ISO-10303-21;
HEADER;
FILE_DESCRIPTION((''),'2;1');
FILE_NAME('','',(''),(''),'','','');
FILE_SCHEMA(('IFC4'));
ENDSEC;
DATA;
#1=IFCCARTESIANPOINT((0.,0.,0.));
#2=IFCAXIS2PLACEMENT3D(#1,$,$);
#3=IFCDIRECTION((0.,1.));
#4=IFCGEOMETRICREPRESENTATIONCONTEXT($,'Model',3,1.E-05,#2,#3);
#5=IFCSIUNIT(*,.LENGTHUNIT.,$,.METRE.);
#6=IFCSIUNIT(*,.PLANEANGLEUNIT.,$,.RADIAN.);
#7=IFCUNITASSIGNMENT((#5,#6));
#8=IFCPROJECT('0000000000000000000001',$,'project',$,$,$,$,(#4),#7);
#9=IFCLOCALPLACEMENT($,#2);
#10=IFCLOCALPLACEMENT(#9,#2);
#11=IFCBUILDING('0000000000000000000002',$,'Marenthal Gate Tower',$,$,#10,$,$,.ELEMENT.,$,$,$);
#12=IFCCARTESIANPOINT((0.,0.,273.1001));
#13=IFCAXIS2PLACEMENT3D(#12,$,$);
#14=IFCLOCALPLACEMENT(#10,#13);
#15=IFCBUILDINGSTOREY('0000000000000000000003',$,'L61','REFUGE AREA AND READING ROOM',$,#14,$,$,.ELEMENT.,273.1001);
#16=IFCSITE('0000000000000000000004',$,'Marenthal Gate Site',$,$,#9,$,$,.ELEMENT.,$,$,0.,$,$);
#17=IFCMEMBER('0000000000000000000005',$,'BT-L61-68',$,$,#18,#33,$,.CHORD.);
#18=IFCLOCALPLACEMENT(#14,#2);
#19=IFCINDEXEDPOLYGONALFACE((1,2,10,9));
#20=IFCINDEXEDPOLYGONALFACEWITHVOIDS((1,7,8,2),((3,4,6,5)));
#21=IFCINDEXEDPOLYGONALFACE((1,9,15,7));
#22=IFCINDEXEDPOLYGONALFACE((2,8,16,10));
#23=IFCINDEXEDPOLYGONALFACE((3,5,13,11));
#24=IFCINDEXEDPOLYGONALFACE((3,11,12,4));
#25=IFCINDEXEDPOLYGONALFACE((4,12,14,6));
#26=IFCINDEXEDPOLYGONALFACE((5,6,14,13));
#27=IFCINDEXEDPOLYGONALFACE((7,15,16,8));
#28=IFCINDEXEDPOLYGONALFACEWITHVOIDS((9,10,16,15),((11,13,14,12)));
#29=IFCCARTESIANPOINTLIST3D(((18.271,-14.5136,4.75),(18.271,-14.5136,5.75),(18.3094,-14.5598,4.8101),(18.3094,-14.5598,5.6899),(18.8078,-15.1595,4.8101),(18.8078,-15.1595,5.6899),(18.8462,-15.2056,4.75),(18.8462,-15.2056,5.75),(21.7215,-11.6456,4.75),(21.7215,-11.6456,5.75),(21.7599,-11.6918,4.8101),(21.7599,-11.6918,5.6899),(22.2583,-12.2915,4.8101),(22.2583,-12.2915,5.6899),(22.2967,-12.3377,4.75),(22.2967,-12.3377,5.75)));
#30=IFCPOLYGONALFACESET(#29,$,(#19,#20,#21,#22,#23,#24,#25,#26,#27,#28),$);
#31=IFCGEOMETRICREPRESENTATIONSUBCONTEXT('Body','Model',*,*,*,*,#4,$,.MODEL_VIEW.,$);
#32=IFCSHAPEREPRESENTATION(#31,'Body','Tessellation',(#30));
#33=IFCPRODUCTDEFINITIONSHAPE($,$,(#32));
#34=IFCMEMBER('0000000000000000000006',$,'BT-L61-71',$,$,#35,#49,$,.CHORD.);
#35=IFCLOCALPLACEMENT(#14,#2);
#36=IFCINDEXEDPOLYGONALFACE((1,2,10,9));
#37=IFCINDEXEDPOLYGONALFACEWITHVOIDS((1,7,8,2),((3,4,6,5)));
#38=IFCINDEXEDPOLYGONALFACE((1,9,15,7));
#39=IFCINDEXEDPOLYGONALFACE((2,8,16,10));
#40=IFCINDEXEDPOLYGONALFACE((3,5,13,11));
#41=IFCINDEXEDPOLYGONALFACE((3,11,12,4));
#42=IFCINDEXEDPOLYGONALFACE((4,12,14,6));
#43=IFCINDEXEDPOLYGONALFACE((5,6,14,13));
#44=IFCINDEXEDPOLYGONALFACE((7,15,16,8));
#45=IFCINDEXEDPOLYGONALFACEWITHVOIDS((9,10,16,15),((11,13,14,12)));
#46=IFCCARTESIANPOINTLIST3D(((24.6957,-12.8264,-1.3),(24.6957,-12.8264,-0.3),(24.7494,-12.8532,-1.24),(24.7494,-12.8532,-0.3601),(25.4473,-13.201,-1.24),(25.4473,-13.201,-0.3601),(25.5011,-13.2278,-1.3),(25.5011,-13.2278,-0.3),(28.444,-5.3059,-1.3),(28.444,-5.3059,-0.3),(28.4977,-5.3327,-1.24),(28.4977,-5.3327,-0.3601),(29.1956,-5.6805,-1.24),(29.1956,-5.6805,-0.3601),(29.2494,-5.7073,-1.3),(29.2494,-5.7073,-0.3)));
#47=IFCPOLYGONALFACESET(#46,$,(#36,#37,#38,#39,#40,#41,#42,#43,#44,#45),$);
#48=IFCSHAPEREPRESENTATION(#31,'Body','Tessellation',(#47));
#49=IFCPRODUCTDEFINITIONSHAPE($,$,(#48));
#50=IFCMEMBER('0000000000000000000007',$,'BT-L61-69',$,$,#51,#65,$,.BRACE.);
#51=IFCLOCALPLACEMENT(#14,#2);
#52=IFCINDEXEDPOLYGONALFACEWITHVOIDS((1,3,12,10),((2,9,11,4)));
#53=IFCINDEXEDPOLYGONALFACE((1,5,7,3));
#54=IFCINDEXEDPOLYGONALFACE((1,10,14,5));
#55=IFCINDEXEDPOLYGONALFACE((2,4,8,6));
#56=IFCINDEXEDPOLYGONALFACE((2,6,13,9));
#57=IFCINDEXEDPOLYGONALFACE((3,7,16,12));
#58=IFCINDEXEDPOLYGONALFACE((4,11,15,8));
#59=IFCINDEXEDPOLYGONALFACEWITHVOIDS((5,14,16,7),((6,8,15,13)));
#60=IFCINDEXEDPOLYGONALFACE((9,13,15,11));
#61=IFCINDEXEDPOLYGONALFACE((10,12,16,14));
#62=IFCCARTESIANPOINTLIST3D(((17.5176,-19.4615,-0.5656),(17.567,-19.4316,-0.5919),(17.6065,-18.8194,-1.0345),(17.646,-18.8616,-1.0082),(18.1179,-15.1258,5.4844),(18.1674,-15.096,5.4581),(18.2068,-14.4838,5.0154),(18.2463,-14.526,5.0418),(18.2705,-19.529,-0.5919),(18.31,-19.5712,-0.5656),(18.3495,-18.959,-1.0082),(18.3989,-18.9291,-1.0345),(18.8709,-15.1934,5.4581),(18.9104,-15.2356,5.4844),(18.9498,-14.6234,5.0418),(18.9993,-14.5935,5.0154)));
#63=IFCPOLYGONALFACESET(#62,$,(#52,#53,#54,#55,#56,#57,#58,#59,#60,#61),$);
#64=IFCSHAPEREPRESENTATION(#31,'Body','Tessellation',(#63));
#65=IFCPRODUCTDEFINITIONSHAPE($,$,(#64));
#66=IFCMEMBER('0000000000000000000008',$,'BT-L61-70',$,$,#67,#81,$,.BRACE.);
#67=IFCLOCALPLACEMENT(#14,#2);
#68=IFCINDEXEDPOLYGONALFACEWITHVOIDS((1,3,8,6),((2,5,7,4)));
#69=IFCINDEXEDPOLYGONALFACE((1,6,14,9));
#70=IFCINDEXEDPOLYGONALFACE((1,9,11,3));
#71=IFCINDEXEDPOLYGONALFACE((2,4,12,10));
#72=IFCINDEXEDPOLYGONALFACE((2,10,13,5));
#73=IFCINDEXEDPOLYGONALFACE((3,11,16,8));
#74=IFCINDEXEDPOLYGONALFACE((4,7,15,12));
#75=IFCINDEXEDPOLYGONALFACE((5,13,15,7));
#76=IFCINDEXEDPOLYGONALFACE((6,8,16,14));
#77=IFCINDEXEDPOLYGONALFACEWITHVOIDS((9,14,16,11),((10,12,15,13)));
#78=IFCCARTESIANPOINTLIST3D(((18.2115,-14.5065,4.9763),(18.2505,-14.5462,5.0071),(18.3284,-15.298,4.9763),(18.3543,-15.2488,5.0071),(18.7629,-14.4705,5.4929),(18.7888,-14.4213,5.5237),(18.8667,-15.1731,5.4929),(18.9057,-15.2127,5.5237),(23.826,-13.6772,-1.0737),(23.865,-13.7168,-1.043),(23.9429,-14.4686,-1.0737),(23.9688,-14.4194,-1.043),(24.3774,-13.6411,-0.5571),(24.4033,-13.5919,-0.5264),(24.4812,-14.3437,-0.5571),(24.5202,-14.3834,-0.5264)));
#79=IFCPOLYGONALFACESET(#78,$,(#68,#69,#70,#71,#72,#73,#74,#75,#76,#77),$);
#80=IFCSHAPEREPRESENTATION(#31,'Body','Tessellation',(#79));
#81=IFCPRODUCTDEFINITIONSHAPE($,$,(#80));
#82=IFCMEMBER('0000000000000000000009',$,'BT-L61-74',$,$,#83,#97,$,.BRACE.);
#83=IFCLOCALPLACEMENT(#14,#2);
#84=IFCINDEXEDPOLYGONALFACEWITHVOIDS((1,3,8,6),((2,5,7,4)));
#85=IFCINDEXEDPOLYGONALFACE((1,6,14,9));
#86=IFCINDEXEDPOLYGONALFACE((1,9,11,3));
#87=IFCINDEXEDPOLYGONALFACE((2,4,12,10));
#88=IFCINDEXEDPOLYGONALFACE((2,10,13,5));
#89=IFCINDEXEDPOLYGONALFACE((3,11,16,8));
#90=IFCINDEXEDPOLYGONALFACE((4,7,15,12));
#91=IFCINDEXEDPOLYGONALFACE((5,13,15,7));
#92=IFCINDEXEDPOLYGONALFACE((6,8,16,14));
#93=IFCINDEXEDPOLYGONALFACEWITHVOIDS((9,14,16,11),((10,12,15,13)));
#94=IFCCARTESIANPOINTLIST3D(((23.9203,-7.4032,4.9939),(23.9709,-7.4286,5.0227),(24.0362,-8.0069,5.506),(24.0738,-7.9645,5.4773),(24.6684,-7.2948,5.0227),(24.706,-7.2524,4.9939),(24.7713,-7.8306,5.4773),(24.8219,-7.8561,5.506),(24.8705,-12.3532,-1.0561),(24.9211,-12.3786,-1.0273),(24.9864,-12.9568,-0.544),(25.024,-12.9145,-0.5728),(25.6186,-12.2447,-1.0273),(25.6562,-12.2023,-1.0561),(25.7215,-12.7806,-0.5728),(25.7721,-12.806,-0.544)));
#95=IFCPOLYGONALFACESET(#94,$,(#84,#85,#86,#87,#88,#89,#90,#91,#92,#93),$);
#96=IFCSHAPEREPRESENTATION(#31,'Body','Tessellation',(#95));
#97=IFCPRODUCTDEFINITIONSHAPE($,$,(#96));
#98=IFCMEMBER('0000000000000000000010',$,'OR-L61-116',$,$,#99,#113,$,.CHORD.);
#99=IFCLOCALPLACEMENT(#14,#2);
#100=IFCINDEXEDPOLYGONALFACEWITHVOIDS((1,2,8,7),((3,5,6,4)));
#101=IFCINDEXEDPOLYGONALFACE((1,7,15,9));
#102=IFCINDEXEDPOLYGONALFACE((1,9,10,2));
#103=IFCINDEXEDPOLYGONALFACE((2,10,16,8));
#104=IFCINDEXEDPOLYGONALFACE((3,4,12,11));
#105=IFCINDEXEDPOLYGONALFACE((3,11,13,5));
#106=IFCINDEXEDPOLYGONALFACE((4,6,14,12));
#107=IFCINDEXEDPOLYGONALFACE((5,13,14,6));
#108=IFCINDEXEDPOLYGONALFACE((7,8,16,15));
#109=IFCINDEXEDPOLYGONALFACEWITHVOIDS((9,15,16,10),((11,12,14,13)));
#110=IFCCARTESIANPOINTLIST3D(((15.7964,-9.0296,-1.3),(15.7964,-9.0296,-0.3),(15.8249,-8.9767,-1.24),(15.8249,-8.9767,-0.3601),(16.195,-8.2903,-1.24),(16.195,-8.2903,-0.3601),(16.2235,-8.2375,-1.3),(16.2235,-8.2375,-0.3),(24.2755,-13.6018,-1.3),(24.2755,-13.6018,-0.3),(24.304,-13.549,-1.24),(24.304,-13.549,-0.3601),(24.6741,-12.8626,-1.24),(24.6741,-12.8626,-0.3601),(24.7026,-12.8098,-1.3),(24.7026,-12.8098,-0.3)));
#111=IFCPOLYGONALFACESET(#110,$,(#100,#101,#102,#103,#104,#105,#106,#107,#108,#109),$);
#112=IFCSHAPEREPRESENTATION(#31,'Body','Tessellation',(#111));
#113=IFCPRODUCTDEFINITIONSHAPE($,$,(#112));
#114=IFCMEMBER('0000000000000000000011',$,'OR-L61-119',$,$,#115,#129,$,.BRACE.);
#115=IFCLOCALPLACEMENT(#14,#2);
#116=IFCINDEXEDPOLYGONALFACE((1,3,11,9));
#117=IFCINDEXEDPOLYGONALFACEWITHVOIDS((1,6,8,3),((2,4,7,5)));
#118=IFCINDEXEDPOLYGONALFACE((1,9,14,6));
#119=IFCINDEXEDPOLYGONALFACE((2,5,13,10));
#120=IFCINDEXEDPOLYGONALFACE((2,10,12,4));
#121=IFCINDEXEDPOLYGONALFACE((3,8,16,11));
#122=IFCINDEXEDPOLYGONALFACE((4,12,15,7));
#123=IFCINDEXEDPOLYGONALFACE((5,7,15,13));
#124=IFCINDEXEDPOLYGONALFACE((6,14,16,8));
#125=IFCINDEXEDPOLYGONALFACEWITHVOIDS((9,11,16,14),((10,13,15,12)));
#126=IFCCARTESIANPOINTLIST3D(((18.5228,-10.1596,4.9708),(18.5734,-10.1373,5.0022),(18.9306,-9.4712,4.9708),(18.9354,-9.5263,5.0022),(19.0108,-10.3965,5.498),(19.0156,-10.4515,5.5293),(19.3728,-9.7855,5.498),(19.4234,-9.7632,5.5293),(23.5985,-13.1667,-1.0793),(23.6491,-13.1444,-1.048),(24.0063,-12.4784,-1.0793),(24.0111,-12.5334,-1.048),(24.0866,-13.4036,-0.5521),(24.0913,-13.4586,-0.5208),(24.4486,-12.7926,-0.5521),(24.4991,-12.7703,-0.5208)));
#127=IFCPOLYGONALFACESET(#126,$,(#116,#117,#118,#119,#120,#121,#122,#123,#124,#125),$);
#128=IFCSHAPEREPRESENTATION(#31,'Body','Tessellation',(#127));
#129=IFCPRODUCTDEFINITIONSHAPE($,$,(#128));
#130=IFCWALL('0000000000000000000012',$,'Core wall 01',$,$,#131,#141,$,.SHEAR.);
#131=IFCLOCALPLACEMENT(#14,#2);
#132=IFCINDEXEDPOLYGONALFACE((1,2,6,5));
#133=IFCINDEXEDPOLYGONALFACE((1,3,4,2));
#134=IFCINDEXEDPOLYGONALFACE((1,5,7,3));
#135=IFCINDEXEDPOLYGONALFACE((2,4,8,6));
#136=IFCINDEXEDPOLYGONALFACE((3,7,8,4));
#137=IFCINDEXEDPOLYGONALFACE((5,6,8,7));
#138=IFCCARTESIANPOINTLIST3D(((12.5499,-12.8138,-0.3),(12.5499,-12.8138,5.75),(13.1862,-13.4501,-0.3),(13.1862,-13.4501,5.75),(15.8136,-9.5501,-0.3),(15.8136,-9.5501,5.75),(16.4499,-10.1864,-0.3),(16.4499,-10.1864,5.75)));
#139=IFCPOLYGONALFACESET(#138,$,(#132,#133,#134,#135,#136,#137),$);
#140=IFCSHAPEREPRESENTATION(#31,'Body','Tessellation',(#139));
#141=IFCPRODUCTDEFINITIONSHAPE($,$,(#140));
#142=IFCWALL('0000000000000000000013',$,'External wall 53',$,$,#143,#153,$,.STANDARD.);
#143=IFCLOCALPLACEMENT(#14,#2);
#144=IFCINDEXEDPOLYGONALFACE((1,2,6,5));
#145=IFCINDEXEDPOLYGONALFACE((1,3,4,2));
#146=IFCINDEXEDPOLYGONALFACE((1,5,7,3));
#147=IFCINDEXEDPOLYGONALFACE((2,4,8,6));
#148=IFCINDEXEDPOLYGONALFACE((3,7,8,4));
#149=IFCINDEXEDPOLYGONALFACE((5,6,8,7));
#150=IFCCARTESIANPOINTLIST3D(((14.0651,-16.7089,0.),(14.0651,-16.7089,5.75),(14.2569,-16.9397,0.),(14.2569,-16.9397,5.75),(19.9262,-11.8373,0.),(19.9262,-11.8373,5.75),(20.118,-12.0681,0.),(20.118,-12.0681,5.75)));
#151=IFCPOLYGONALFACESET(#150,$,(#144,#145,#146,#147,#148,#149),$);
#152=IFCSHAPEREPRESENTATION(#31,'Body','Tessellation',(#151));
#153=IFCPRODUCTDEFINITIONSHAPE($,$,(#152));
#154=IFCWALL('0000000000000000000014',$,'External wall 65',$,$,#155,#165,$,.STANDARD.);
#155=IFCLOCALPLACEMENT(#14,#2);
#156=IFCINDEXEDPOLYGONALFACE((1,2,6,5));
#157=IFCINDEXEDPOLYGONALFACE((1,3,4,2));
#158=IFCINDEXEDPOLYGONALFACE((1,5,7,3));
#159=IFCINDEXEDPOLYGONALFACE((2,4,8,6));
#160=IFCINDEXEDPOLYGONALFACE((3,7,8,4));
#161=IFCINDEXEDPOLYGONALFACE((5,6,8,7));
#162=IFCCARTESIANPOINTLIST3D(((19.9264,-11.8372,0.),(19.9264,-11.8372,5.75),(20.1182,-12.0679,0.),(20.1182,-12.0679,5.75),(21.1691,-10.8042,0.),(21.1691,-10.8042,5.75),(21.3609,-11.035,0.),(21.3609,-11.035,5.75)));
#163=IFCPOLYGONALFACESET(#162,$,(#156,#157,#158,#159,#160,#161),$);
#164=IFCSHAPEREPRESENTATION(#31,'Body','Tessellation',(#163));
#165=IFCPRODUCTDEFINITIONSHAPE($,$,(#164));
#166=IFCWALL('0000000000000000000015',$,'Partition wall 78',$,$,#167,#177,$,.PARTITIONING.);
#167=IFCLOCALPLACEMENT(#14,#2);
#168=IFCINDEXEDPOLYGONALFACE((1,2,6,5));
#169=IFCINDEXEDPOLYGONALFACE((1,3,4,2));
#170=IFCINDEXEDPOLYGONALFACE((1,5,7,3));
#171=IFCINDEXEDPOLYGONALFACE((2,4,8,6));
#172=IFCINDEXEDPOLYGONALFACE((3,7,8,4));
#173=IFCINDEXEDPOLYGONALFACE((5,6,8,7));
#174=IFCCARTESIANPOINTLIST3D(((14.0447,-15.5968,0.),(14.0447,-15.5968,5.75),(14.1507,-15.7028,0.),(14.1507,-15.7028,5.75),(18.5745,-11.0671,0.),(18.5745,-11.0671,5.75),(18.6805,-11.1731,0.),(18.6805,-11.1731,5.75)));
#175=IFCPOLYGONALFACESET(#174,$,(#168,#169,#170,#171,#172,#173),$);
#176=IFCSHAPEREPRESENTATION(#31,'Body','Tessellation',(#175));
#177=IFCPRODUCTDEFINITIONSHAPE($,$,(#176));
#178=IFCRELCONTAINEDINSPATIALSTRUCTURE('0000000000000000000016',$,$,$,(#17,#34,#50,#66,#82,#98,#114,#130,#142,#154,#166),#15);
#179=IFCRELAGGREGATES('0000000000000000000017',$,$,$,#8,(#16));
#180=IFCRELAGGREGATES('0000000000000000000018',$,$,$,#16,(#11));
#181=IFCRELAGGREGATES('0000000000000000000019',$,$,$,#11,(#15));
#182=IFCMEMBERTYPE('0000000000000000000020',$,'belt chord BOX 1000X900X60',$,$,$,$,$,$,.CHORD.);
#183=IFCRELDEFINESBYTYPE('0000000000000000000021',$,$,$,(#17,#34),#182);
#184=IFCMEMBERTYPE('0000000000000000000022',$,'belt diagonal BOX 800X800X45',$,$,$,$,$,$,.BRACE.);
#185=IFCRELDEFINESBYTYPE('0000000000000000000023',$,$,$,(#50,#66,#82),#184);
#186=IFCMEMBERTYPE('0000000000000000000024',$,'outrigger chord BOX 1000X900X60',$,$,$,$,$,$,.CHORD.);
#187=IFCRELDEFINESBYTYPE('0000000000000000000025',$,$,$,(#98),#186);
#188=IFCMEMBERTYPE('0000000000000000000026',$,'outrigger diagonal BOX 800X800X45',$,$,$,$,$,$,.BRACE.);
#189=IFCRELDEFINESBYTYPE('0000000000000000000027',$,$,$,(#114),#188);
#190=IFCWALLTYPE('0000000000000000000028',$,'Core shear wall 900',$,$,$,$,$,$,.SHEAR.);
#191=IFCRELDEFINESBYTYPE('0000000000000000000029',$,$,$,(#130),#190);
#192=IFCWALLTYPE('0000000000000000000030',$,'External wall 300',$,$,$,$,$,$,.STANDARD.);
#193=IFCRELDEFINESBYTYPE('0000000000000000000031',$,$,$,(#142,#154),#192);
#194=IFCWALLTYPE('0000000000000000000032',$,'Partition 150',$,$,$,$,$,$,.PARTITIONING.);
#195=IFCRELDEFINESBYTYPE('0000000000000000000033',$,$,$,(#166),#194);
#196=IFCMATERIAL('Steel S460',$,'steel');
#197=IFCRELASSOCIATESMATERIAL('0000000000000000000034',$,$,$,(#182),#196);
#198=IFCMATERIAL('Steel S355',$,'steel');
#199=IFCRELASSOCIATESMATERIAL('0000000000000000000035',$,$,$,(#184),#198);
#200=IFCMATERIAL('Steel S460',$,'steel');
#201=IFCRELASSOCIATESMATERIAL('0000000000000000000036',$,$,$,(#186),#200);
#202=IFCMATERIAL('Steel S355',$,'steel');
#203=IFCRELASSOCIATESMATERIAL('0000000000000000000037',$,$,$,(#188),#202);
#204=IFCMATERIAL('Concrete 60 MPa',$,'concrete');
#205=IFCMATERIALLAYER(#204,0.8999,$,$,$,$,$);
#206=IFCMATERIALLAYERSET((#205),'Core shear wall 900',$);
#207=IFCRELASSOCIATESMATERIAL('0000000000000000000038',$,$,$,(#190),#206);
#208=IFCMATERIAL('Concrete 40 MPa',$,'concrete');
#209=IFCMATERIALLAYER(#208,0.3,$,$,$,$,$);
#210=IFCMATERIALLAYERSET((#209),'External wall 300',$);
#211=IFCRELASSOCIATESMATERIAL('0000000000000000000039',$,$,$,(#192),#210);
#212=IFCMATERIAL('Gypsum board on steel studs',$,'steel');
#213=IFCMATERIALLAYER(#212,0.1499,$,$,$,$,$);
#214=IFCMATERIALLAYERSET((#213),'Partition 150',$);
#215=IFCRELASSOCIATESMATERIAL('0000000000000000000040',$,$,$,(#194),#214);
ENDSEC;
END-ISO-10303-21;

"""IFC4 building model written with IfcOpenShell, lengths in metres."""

from ifc_helpers import new_model, si_unit, direction, frame, frame_2d, origin, origin_2d, place, context, subcontext, project, spatial, rectangle, hollow_rectangle, extrude, material, layer, layer_set, material_profile, profile_set, type_object, element, save


model = new_model("IFC4")

# Units and contexts
model_context = context("Model", 3, precision=1e-05, world=origin(), true_north=direction((0.0, 1.0)))
body_context = subcontext(model_context, "Body", "Model", "MODEL_VIEW")
ifc_project = project(units=[si_unit("LENGTHUNIT", "METRE"), si_unit("PLANEANGLEUNIT", "RADIAN")], contexts=[model_context])

# Site, building, storey
site_placement = place(None, origin())
site = spatial("IfcSite", under=ifc_project, at=site_placement, Name="Marenthal Gate Site", CompositionType="ELEMENT", RefElevation=0.0)
building_placement = place(site_placement, origin())
building = spatial("IfcBuilding", under=site, at=building_placement, Name="Marenthal Gate Tower", CompositionType="ELEMENT")
storey_placement = place(building_placement, frame((0.0, 0.0, 273.1001)))
storey = spatial("IfcBuildingStorey", under=building, at=storey_placement, Name="L61", Description="REFUGE AREA AND READING ROOM", CompositionType="ELEMENT", Elevation=273.1001)

# Members
ifc_material_1 = material(Name="Steel S460", Category="steel")
ifc_material_profile_1 = material_profile(ifc_material_1, hollow_rectangle(XDim=0.8999, YDim=1.0, WallThickness=0.0601, at=origin_2d()), Name="BOX 1000X900X60")
ifc_profile_set_1 = profile_set([ifc_material_profile_1], Name="Steel S460")
member_type_1 = type_object("IfcMemberType", Name="belt chord BOX 1000X900X60", PredefinedType="CHORD", material=ifc_profile_set_1)
member_1_placement = place(storey_placement, frame((18.5586, -14.8596, 5.25), z_axis=(0.769037, 0.639204, 0.0), x_axis=(-0.639204, 0.769037, 0.0)))
element("IfcMember", 1, at=member_1_placement, inside=storey, type_object=member_type_1, Name="BT-L61-68", PredefinedType="CHORD", context=body_context, shape_type="SweptSolid", body=[
    extrude(hollow_rectangle(XDim=0.8999, YDim=1.0, WallThickness=0.0601, at=origin_2d()), origin(), (0.0, 0.0, 1.0), 4.4868),
])
member_2_placement = place(storey_placement, frame((25.0984, -13.0271, -0.8), z_axis=(0.446074, 0.894996, 0.0), x_axis=(-0.894996, 0.446074, 0.0)))
element("IfcMember", 2, at=member_2_placement, inside=storey, type_object=member_type_1, Name="BT-L61-71", PredefinedType="CHORD", context=body_context, shape_type="SweptSolid", body=[
    extrude(hollow_rectangle(XDim=0.8999, YDim=1.0, WallThickness=0.0601, at=origin_2d()), origin(), (0.0, 0.0, 1.0), 8.4028),
])
ifc_material_2 = material(Name="Steel S355", Category="steel")
ifc_material_profile_2 = material_profile(ifc_material_2, hollow_rectangle(XDim=0.8, YDim=0.8, WallThickness=0.0449, at=origin_2d()), Name="BOX 800X800X45")
ifc_profile_set_2 = profile_set([ifc_material_profile_2], Name="Steel S355")
member_type_2 = type_object("IfcMemberType", Name="belt diagonal BOX 800X800X45", PredefinedType="BRACE", material=ifc_profile_set_2)
member_3_placement = place(storey_placement, frame((17.9583, -19.1953, -0.8), z_axis=(0.080395, 0.580618, 0.810197), x_axis=(-0.990549, 0.137156, 0.0)))
element("IfcMember", 3, at=member_3_placement, inside=storey, type_object=member_type_2, Name="BT-L61-69", PredefinedType="BRACE", context=body_context, shape_type="SweptSolid", body=[
    extrude(hollow_rectangle(XDim=0.8, YDim=0.8, WallThickness=0.0449, at=origin_2d()), origin(), (0.0, 0.0, 1.0), 7.4673),
])
member_4_placement = place(storey_placement, frame((18.5586, -14.8596, 5.25), z_axis=(0.676822, 0.099977, -0.729326), x_axis=(-0.146129, 0.989266, 0.0)))
element("IfcMember", 4, at=member_4_placement, inside=storey, type_object=member_type_2, Name="BT-L61-70", PredefinedType="BRACE", context=body_context, shape_type="SweptSolid", body=[
    extrude(hollow_rectangle(XDim=0.8, YDim=0.8, WallThickness=0.0449, at=origin_2d()), origin(), (0.0, 0.0, 1.0), 8.2954),
])
member_5_placement = place(storey_placement, frame((25.3213, -12.5796, -0.8), z_axis=(-0.120667, 0.628604, 0.768308), x_axis=(-0.98207, -0.188519, 0.0)))
element("IfcMember", 5, at=member_5_placement, inside=storey, type_object=member_type_2, Name="BT-L61-74", PredefinedType="BRACE", context=body_context, shape_type="SweptSolid", body=[
    extrude(hollow_rectangle(XDim=0.8, YDim=0.8, WallThickness=0.0449, at=origin_2d()), origin(), (0.0, 0.0, 1.0), 7.8745),
])
ifc_material_3 = material(Name="Steel S460", Category="steel")
ifc_material_profile_3 = material_profile(ifc_material_3, hollow_rectangle(XDim=0.8999, YDim=1.0, WallThickness=0.0601, at=origin_2d()), Name="BOX 1000X900X60")
ifc_profile_set_3 = profile_set([ifc_material_profile_3], Name="Steel S460")
member_type_3 = type_object("IfcMemberType", Name="outrigger chord BOX 1000X900X60", PredefinedType="CHORD", material=ifc_profile_set_3)
member_6_placement = place(storey_placement, frame((24.489, -13.2058, -0.8), z_axis=(-0.880183, 0.474635, 0.0), x_axis=(-0.474635, -0.880183, 0.0)))
element("IfcMember", 6, at=member_6_placement, inside=storey, type_object=member_type_3, Name="OR-L61-116", PredefinedType="CHORD", context=body_context, shape_type="SweptSolid", body=[
    extrude(hollow_rectangle(XDim=0.8999, YDim=1.0, WallThickness=0.0601, at=origin_2d()), origin(), (0.0, 0.0, 1.0), 9.6333),
])
ifc_material_4 = material(Name="Steel S355", Category="steel")
ifc_material_profile_4 = material_profile(ifc_material_4, hollow_rectangle(XDim=0.8, YDim=0.8, WallThickness=0.0449, at=origin_2d()), Name="BOX 800X800X45")
ifc_profile_set_4 = profile_set([ifc_material_profile_4], Name="Steel S355")
member_type_4 = type_object("IfcMemberType", Name="outrigger diagonal BOX 800X800X45", PredefinedType="BRACE", material=ifc_profile_set_4)
member_7_placement = place(storey_placement, frame((24.0488, -12.9685, -0.8), z_axis=(-0.600649, 0.355853, 0.715954), x_axis=(-0.509711, -0.860346, 0.0)))
element("IfcMember", 7, at=member_7_placement, inside=storey, type_object=member_type_4, Name="OR-L61-119", PredefinedType="BRACE", context=body_context, shape_type="SweptSolid", body=[
    extrude(hollow_rectangle(XDim=0.8, YDim=0.8, WallThickness=0.0449, at=origin_2d()), origin(), (0.0, 0.0, 1.0), 8.4504),
])

# Walls
ifc_material_5 = material(Name="Concrete 60 MPa", Category="concrete")
ifc_layer_1 = layer(ifc_material_5, 0.8999)
ifc_layer_set_1 = layer_set([ifc_layer_1], Name="Core shear wall 900")
wall_type_1 = type_object("IfcWallType", Name="Core shear wall 900", PredefinedType="SHEAR", material=ifc_layer_set_1)
wall_1_placement = place(storey_placement, frame((12.8682, -13.1318, -0.3), z_axis=(0.0, 0.0, 1.0), x_axis=(0.707107, 0.707107, 0.0)))
element("IfcWall", 8, at=wall_1_placement, inside=storey, type_object=wall_type_1, Name="Core wall 01", PredefinedType="SHEAR", context=body_context, shape_type="SweptSolid", body=[
    extrude(rectangle(XDim=4.6155, YDim=0.8999, at=frame_2d((2.3076, 0.0))), origin(), (0.0, 0.0, 1.0), 6.05),
])
ifc_material_6 = material(Name="Concrete 40 MPa", Category="concrete")
ifc_layer_2 = layer(ifc_material_6, 0.3)
ifc_layer_set_2 = layer_set([ifc_layer_2], Name="External wall 300")
wall_type_2 = type_object("IfcWallType", Name="External wall 300", PredefinedType="STANDARD", material=ifc_layer_set_2)
wall_2_placement = place(storey_placement, frame((14.1611, -16.8242, 0.0), z_axis=(0.0, 0.0, 1.0), x_axis=(0.769037, 0.639204, 0.0)))
element("IfcWall", 9, at=wall_2_placement, inside=storey, type_object=wall_type_2, Name="External wall 53", PredefinedType="STANDARD", context=body_context, shape_type="SweptSolid", body=[
    extrude(rectangle(XDim=7.6213, YDim=0.3, at=frame_2d((3.8105, 0.0))), origin(), (0.0, 0.0, 1.0), 5.75),
])
wall_3_placement = place(storey_placement, frame((20.0222, -11.9526, 0.0), z_axis=(0.0, 0.0, 1.0), x_axis=(0.769013, 0.639233, 0.0)))
element("IfcWall", 10, at=wall_3_placement, inside=storey, type_object=wall_type_2, Name="External wall 65", PredefinedType="STANDARD", context=body_context, shape_type="SweptSolid", body=[
    extrude(rectangle(XDim=1.616, YDim=0.3, at=frame_2d((0.8081, 0.0))), origin(), (0.0, 0.0, 1.0), 5.75),
])
ifc_material_7 = material(Name="Gypsum board on steel studs", Category="steel")
ifc_layer_3 = layer(ifc_material_7, 0.1499)
ifc_layer_set_3 = layer_set([ifc_layer_3], Name="Partition 150")
wall_type_3 = type_object("IfcWallType", Name="Partition 150", PredefinedType="PARTITIONING", material=ifc_layer_set_3)
wall_4_placement = place(storey_placement, frame((14.0977, -15.6499, 0.0), z_axis=(0.0, 0.0, 1.0), x_axis=(0.707107, 0.707107, 0.0)))
element("IfcWall", 11, at=wall_4_placement, inside=storey, type_object=wall_type_3, Name="Partition wall 78", PredefinedType="PARTITIONING", context=body_context, shape_type="SweptSolid", body=[
    extrude(rectangle(XDim=6.406, YDim=0.1499, at=frame_2d((3.2031, 0.0))), origin(), (0.0, 0.0, 1.0), 5.75),
])

save(model, "model.ifc")
